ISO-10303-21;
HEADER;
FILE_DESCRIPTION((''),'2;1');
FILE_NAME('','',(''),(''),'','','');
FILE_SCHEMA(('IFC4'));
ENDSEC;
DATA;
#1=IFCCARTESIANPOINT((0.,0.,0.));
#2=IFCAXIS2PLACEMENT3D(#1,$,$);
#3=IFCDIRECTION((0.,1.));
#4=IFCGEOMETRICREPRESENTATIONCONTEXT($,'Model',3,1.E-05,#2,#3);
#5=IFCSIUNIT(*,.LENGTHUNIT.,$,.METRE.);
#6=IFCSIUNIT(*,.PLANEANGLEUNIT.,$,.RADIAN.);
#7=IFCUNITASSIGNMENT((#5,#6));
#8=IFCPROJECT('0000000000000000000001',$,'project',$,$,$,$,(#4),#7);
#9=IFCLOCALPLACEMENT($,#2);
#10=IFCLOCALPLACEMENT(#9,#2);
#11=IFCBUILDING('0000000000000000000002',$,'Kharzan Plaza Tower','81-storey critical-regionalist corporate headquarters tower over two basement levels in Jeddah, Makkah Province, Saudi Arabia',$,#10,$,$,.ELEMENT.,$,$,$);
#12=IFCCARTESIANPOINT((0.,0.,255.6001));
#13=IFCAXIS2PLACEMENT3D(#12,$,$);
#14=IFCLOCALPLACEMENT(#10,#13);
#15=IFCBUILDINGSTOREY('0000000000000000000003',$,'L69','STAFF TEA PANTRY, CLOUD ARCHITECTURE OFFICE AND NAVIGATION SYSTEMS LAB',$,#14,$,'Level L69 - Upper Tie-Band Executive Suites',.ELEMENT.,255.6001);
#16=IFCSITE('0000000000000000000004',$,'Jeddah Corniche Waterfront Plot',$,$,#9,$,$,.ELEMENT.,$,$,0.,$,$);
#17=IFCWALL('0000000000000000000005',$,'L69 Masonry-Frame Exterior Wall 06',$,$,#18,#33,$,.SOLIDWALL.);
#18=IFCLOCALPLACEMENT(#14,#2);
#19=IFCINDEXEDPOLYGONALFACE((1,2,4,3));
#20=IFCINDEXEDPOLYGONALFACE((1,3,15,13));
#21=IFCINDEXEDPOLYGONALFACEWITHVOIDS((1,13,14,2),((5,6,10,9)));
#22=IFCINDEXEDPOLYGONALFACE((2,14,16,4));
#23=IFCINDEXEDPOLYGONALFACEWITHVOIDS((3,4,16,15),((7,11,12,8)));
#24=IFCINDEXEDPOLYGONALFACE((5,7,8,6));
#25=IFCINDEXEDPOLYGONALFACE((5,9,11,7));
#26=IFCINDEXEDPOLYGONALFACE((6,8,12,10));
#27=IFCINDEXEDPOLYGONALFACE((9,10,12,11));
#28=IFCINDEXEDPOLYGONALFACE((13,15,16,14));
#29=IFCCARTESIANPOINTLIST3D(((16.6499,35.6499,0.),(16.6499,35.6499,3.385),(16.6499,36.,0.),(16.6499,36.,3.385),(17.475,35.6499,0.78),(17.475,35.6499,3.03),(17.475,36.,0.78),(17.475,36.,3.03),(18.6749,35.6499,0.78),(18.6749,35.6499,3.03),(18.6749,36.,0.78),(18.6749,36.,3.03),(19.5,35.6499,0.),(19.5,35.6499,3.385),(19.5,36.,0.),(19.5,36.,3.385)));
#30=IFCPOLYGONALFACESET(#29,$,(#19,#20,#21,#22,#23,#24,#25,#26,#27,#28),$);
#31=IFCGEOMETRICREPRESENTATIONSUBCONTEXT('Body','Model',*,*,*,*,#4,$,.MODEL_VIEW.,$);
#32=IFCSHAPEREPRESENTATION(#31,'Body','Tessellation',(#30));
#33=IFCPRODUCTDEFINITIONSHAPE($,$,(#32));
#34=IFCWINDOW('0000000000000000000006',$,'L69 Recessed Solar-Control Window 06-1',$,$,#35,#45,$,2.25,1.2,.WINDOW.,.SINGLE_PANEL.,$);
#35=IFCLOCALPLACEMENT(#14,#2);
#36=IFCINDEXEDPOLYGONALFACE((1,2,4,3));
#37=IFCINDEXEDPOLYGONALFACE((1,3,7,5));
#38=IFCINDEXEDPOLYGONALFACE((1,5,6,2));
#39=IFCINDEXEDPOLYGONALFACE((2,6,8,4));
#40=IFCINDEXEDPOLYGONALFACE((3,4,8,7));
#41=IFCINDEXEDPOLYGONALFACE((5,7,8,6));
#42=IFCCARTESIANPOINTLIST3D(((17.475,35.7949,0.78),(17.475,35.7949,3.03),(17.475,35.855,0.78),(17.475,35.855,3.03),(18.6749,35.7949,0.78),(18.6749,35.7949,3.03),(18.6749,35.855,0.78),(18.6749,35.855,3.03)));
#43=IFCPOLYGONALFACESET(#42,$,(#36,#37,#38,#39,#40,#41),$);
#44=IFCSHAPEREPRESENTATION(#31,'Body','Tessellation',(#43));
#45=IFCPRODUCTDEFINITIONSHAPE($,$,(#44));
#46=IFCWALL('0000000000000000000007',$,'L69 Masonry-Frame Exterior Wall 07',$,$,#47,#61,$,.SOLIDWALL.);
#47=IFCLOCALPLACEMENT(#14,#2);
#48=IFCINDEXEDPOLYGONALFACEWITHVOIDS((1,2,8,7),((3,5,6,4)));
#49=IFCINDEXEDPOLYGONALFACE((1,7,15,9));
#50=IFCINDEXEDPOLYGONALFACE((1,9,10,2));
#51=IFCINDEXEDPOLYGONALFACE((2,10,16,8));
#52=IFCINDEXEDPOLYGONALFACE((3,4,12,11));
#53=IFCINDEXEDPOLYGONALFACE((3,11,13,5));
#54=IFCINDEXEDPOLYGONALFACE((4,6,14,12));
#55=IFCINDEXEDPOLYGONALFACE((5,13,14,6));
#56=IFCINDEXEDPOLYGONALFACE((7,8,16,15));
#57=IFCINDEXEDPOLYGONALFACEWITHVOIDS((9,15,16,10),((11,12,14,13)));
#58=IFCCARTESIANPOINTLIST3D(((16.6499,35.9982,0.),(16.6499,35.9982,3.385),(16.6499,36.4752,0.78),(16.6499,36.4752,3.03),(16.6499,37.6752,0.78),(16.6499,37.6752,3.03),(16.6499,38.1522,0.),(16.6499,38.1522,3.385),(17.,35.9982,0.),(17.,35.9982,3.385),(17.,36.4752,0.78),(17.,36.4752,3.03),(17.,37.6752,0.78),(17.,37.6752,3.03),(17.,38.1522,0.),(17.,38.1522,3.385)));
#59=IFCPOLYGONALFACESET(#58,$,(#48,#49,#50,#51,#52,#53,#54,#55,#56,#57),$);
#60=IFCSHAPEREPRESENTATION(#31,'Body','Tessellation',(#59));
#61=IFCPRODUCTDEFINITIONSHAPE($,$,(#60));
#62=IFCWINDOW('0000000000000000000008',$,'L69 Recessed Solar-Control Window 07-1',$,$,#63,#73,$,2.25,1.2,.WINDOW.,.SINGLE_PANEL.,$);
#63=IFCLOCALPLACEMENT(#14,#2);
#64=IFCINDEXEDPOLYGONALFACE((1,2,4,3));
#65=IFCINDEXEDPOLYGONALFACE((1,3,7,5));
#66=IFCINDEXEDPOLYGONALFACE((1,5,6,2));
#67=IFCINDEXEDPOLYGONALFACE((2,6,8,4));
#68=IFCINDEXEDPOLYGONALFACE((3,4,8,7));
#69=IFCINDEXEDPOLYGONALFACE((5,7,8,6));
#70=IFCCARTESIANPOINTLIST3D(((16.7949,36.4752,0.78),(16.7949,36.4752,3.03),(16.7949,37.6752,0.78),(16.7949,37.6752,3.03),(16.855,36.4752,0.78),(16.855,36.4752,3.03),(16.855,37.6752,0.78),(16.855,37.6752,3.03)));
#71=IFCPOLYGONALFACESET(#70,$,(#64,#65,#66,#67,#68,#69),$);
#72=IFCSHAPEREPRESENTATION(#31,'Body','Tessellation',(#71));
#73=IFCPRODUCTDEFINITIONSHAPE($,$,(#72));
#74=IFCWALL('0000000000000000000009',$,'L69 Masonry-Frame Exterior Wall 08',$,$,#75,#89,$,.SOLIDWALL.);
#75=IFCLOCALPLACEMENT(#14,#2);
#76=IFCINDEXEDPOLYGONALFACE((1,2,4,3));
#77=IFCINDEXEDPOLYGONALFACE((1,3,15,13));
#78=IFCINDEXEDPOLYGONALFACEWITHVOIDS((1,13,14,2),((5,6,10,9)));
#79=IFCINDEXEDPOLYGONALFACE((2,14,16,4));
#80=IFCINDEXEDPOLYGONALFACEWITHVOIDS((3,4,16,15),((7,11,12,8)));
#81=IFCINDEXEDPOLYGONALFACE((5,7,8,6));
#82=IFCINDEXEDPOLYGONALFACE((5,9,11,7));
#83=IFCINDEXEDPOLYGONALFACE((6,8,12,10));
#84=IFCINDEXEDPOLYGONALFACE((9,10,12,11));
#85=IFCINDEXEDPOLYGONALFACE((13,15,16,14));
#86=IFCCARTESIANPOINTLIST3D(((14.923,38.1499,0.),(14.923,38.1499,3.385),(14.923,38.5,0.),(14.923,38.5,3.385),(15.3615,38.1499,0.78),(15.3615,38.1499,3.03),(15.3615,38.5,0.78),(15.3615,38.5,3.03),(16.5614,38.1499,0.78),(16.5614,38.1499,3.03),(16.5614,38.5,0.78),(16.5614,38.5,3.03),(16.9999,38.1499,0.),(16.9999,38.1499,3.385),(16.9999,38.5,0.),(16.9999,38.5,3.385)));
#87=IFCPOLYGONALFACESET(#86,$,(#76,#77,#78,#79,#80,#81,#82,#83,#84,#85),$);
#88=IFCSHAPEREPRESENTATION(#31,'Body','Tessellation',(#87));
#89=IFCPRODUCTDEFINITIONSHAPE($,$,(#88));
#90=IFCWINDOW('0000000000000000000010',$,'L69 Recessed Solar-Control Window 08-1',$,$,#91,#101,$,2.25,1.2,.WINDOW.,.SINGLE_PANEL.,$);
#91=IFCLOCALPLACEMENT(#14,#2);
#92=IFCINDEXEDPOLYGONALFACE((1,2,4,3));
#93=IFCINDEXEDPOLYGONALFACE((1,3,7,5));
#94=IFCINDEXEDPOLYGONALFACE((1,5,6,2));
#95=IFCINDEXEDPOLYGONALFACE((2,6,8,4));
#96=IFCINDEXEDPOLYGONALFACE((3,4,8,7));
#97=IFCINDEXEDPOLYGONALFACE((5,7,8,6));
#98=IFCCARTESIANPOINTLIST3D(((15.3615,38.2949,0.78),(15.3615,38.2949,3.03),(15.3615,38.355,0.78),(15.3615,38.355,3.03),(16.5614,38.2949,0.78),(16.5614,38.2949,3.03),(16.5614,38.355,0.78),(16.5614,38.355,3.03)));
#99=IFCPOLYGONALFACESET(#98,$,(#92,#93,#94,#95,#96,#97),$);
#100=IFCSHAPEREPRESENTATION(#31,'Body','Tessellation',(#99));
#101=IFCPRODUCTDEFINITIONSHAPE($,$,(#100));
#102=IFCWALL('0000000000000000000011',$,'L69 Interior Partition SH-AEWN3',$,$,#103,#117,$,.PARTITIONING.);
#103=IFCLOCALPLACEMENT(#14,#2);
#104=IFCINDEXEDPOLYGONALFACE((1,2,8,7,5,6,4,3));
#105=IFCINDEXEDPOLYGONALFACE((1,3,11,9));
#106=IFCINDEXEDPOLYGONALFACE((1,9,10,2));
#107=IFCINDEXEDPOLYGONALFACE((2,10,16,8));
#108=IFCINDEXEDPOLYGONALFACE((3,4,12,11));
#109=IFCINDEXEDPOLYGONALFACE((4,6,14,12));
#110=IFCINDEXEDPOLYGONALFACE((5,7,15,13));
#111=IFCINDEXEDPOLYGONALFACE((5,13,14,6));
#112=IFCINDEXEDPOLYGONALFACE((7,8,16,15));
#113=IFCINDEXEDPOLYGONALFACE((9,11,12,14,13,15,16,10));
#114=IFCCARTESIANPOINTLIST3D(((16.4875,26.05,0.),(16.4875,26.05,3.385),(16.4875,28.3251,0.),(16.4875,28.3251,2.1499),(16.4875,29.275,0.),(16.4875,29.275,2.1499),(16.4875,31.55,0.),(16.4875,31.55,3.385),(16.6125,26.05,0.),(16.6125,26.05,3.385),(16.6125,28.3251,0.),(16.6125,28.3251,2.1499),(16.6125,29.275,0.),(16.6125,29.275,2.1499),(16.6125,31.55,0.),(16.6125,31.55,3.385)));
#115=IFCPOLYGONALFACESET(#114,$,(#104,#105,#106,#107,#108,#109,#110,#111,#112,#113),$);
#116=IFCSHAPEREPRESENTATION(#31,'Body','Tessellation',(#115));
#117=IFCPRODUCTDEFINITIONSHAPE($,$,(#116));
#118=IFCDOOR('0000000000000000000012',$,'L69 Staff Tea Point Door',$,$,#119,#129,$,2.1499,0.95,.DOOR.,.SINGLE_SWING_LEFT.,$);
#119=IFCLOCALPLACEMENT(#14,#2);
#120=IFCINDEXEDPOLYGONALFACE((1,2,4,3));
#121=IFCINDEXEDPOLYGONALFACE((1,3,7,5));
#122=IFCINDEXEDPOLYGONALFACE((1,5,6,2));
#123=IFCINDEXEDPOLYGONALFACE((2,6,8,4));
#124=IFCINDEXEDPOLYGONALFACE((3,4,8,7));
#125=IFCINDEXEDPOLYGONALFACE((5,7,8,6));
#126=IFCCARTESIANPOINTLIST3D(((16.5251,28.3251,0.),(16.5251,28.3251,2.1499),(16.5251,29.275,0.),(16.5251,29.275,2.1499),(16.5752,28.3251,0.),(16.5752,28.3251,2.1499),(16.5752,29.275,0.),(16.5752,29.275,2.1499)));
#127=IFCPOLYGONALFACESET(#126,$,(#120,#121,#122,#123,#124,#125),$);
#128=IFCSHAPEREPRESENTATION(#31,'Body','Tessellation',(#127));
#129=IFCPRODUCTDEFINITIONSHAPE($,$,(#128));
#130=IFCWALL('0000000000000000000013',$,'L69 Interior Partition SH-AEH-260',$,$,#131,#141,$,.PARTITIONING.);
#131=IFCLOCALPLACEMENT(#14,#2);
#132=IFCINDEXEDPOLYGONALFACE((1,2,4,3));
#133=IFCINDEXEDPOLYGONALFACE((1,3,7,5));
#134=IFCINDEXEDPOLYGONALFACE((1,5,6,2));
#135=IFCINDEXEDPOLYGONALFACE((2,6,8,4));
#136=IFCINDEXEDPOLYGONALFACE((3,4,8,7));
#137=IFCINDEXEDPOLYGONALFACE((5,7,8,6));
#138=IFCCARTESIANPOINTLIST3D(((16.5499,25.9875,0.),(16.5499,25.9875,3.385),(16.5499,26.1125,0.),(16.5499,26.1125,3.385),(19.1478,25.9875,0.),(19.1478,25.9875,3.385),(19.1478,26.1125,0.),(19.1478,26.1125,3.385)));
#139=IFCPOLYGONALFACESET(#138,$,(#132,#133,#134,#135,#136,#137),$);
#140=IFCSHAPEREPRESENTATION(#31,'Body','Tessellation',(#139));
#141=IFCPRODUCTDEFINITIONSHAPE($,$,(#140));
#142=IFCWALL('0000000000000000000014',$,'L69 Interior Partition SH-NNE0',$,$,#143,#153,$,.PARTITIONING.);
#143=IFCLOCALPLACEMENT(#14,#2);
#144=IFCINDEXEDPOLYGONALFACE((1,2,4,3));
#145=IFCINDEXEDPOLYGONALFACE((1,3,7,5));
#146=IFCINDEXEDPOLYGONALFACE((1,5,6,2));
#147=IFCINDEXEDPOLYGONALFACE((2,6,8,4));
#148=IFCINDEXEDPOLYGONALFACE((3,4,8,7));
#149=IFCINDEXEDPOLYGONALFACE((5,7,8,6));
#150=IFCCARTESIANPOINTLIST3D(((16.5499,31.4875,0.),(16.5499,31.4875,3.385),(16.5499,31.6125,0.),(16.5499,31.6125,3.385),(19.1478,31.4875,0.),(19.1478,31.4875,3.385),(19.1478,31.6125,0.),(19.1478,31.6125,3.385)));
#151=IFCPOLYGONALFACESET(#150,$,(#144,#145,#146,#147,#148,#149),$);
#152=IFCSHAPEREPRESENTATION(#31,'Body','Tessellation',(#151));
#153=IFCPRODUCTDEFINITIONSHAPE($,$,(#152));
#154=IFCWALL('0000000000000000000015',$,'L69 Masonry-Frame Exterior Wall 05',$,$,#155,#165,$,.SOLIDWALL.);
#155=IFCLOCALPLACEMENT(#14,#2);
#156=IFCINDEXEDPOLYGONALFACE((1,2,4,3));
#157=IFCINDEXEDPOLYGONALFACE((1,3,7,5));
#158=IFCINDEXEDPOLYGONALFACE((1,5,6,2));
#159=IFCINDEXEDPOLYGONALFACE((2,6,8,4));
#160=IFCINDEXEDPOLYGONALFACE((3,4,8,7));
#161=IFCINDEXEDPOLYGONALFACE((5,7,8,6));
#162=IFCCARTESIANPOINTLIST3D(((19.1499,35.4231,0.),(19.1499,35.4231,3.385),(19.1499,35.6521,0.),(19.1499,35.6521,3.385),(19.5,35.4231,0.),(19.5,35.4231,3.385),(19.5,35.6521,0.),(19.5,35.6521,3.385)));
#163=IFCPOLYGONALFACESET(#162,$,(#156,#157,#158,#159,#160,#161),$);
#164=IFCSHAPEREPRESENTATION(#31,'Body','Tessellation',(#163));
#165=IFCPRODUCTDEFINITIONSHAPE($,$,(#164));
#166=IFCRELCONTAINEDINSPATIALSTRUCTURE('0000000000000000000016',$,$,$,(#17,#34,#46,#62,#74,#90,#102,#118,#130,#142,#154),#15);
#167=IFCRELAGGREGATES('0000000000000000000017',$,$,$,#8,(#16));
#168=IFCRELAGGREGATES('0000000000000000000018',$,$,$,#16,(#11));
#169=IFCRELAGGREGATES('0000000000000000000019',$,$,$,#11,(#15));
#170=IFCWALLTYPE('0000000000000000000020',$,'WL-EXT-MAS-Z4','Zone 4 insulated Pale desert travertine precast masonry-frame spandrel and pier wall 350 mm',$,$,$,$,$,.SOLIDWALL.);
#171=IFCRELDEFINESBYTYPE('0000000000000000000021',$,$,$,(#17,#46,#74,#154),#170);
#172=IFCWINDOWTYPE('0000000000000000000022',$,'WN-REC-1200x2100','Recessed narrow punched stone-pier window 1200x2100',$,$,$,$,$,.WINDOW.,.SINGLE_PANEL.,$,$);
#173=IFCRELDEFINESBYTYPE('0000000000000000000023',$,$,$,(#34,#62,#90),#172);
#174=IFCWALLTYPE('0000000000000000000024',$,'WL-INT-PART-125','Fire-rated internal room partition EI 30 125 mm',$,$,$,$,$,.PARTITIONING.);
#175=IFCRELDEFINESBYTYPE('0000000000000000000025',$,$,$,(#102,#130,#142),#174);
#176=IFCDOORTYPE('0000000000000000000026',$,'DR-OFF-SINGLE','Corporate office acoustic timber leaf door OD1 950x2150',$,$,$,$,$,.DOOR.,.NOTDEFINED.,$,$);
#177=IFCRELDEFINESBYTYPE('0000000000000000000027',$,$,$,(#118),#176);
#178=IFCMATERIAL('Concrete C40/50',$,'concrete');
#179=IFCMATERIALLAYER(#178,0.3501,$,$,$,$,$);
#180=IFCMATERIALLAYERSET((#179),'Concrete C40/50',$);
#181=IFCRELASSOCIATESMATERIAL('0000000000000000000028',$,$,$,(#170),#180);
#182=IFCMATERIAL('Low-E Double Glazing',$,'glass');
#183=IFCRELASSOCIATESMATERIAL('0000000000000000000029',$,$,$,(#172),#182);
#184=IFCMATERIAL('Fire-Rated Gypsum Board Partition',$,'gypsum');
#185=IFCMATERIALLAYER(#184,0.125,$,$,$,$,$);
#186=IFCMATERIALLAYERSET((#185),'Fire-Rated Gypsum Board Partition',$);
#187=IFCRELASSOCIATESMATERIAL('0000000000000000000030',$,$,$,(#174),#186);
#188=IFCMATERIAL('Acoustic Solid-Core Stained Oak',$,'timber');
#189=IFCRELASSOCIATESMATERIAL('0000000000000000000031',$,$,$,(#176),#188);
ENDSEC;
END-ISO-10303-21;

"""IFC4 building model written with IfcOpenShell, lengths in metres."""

from ifc_helpers import new_model, si_unit, direction, frame, frame_2d, origin, place, context, subcontext, project, spatial, rectangle, extrude, source, transform, mapped, material, layer, layer_set, type_object, element, fill, save


model = new_model("IFC4")

# Units and contexts
model_context = context("Model", 3, precision=1e-05, world=origin(), true_north=direction((0.0, 1.0)))
body_context = subcontext(model_context, "Body", "Model", "MODEL_VIEW")
ifc_project = project(units=[si_unit("LENGTHUNIT", "METRE"), si_unit("PLANEANGLEUNIT", "RADIAN")], contexts=[model_context])

# Site, building, storey
site_placement = place(None, origin())
site = spatial("IfcSite", under=ifc_project, at=site_placement, Name="Jeddah Corniche Waterfront Plot", CompositionType="ELEMENT", RefElevation=0.0)
building_placement = place(site_placement, origin())
building = spatial("IfcBuilding", under=site, at=building_placement, Name="Kharzan Plaza Tower", Description="81-storey critical-regionalist corporate headquarters tower over two basement levels in Jeddah, Makkah Province, Saudi Arabia", CompositionType="ELEMENT")
storey_placement = place(building_placement, frame((0.0, 0.0, 255.6001)))
storey = spatial("IfcBuildingStorey", under=building, at=storey_placement, Name="L69", Description="STAFF TEA PANTRY, CLOUD ARCHITECTURE OFFICE AND NAVIGATION SYSTEMS LAB", LongName="Level L69 - Upper Tie-Band Executive Suites", CompositionType="ELEMENT", Elevation=255.6001)

# Walls, openings, windows
ifc_material_1 = material(Name="Concrete C40/50", Category="concrete")
ifc_layer_1 = layer(ifc_material_1, 0.3501)
ifc_layer_set_1 = layer_set([ifc_layer_1], Name="Concrete C40/50")
wall_type_1 = type_object("IfcWallType", Name="WL-EXT-MAS-Z4", Description="Zone 4 insulated Pale desert travertine precast masonry-frame spandrel and pier wall 350 mm", PredefinedType="SOLIDWALL", material=ifc_layer_set_1)
ifc_material_2 = material(Name="Low-E Double Glazing", Category="glass")
wall_1_placement = place(storey_placement, frame((19.5, 35.825, 0.0), z_axis=(0.0, 0.0, 1.0), x_axis=(-1.0, 0.0, 0.0)))
wall_1 = element("IfcWall", 1, at=wall_1_placement, inside=storey, type_object=wall_type_1, Name="L69 Masonry-Frame Exterior Wall 06", PredefinedType="SOLIDWALL", context=body_context, shape_type="SweptSolid", body=[
    extrude(rectangle(XDim=2.8501, YDim=0.3501, at=frame_2d((1.425, 0.0))), origin(), (0.0, 0.0, 1.0), 3.385),
])
opening_1_placement = place(wall_1_placement, frame((0.825, 0.0, 0.78)))
opening_1 = element("IfcOpeningElement", 2, at=opening_1_placement, cuts=wall_1, PredefinedType="OPENING", context=body_context, shape_type="SweptSolid", body=[
    extrude(rectangle(XDim=1.2, YDim=2.25, at=frame_2d((0.6001, 1.125))), frame((0.0, 0.1851, 0.0), z_axis=(0.0, -1.0, 0.0), x_axis=(1.0, 0.0, 0.0)), (0.0, 0.0, 1.0), 0.3701),
])
window_type_1 = type_object("IfcWindowType", Name="WN-REC-1200x2100", Description="Recessed narrow punched stone-pier window 1200x2100", PartitioningType="SINGLE_PANEL", PredefinedType="WINDOW", material=ifc_material_2)
shared_shape_1 = source(origin(), body_context, "Body", "SweptSolid", [
    extrude(rectangle(XDim=1.2, YDim=2.25, at=frame_2d((0.6001, 1.125))), frame((0.0, 0.03, 0.0), z_axis=(0.0, -1.0, 0.0), x_axis=(1.0, 0.0, 0.0)), (0.0, 0.0, 1.0), 0.0601),
])
window_1_placement = place(opening_1_placement, origin())
window_1 = element("IfcWindow", 3, at=window_1_placement, inside=storey, type_object=window_type_1, Name="L69 Recessed Solar-Control Window 06-1", OverallHeight=2.25, OverallWidth=1.2, PartitioningType="SINGLE_PANEL", PredefinedType="WINDOW", context=body_context, shape_type="MappedRepresentation", body=[
    mapped(shared_shape_1, transform((0.0, 0.0, 0.0), x_axis=(1.0, 0.0, 0.0), y_axis=(0.0, 1.0, 0.0), z_axis=(0.0, 0.0, 1.0))),
])
fill(opening_1, window_1)
wall_2_placement = place(storey_placement, frame((16.825, 35.998, 0.0), z_axis=(0.0, 0.0, 1.0), x_axis=(0.0, 1.0, 0.0)))
wall_2 = element("IfcWall", 4, at=wall_2_placement, inside=storey, type_object=wall_type_1, Name="L69 Masonry-Frame Exterior Wall 07", PredefinedType="SOLIDWALL", context=body_context, shape_type="SweptSolid", body=[
    extrude(rectangle(XDim=2.1541, YDim=0.3501, at=frame_2d((1.0771, 0.0))), origin(), (0.0, 0.0, 1.0), 3.385),
])
opening_2_placement = place(wall_2_placement, frame((0.4771, 0.0, 0.78)))
opening_2 = element("IfcOpeningElement", 5, at=opening_2_placement, cuts=wall_2, PredefinedType="OPENING", context=body_context, shape_type="SweptSolid", body=[
    extrude(rectangle(XDim=1.2, YDim=2.25, at=frame_2d((0.6001, 1.125))), frame((0.0, 0.1851, 0.0), z_axis=(0.0, -1.0, 0.0), x_axis=(1.0, 0.0, 0.0)), (0.0, 0.0, 1.0), 0.3701),
])
window_2_placement = place(opening_2_placement, origin())
window_2 = element("IfcWindow", 6, at=window_2_placement, inside=storey, type_object=window_type_1, Name="L69 Recessed Solar-Control Window 07-1", OverallHeight=2.25, OverallWidth=1.2, PartitioningType="SINGLE_PANEL", PredefinedType="WINDOW", context=body_context, shape_type="MappedRepresentation", body=[
    mapped(shared_shape_1, transform((0.0, 0.0, 0.0), x_axis=(1.0, 0.0, 0.0), y_axis=(0.0, 1.0, 0.0), z_axis=(0.0, 0.0, 1.0))),
])
fill(opening_2, window_2)
wall_3_placement = place(storey_placement, frame((17.0, 38.325, 0.0), z_axis=(0.0, 0.0, 1.0), x_axis=(-1.0, 0.0, 0.0)))
wall_3 = element("IfcWall", 7, at=wall_3_placement, inside=storey, type_object=wall_type_1, Name="L69 Masonry-Frame Exterior Wall 08", PredefinedType="SOLIDWALL", context=body_context, shape_type="SweptSolid", body=[
    extrude(rectangle(XDim=2.0769, YDim=0.3501, at=frame_2d((1.0386, 0.0))), origin(), (0.0, 0.0, 1.0), 3.385),
])
opening_3_placement = place(wall_3_placement, frame((0.4385, 0.0, 0.78)))
opening_3 = element("IfcOpeningElement", 8, at=opening_3_placement, cuts=wall_3, PredefinedType="OPENING", context=body_context, shape_type="SweptSolid", body=[
    extrude(rectangle(XDim=1.2, YDim=2.25, at=frame_2d((0.6001, 1.125))), frame((0.0, 0.1851, 0.0), z_axis=(0.0, -1.0, 0.0), x_axis=(1.0, 0.0, 0.0)), (0.0, 0.0, 1.0), 0.3701),
])
window_3_placement = place(opening_3_placement, origin())
window_3 = element("IfcWindow", 9, at=window_3_placement, inside=storey, type_object=window_type_1, Name="L69 Recessed Solar-Control Window 08-1", OverallHeight=2.25, OverallWidth=1.2, PartitioningType="SINGLE_PANEL", PredefinedType="WINDOW", context=body_context, shape_type="MappedRepresentation", body=[
    mapped(shared_shape_1, transform((0.0, 0.0, 0.0), x_axis=(1.0, 0.0, 0.0), y_axis=(0.0, 1.0, 0.0), z_axis=(0.0, 0.0, 1.0))),
])
fill(opening_3, window_3)

# Wall, opening, door
ifc_material_3 = material(Name="Fire-Rated Gypsum Board Partition", Category="gypsum")
ifc_layer_2 = layer(ifc_material_3, 0.125)
ifc_layer_set_2 = layer_set([ifc_layer_2], Name="Fire-Rated Gypsum Board Partition")
wall_type_2 = type_object("IfcWallType", Name="WL-INT-PART-125", Description="Fire-rated internal room partition EI 30 125 mm", PredefinedType="PARTITIONING", material=ifc_layer_set_2)
wall_4_placement = place(storey_placement, frame((16.55, 26.05, 0.0), z_axis=(0.0, 0.0, 1.0), x_axis=(0.0, 1.0, 0.0)))
wall_4 = element("IfcWall", 10, at=wall_4_placement, inside=storey, type_object=wall_type_2, Name="L69 Interior Partition SH-AEWN3", PredefinedType="PARTITIONING", context=body_context, shape_type="SweptSolid", body=[
    extrude(rectangle(XDim=5.5, YDim=0.125, at=frame_2d((2.75, 0.0))), origin(), (0.0, 0.0, 1.0), 3.385),
])
opening_4_placement = place(wall_4_placement, frame((2.2749, 0.0, 0.0)))
opening_4 = element("IfcOpeningElement", 11, at=opening_4_placement, cuts=wall_4, PredefinedType="OPENING", context=body_context, shape_type="SweptSolid", body=[
    extrude(rectangle(XDim=0.95, YDim=2.1499, at=frame_2d((0.4751, 1.075))), frame((0.0, 0.0725, 0.0), z_axis=(0.0, -1.0, 0.0), x_axis=(1.0, 0.0, 0.0)), (0.0, 0.0, 1.0), 0.145),
])
ifc_material_4 = material(Name="Acoustic Solid-Core Stained Oak", Category="timber")
door_type_1 = type_object("IfcDoorType", Name="DR-OFF-SINGLE", Description="Corporate office acoustic timber leaf door OD1 950x2150", OperationType="NOTDEFINED", PredefinedType="DOOR", material=ifc_material_4)
shared_shape_2 = source(origin(), body_context, "Body", "SweptSolid", [
    extrude(rectangle(XDim=0.95, YDim=2.1499, at=frame_2d((0.4751, 1.075))), frame((0.0, 0.0249, 0.0), z_axis=(0.0, -1.0, 0.0), x_axis=(1.0, 0.0, 0.0)), (0.0, 0.0, 1.0), 0.05),
])
door_1_placement = place(opening_4_placement, origin())
door_1 = element("IfcDoor", 12, at=door_1_placement, inside=storey, type_object=door_type_1, Name="L69 Staff Tea Point Door", OperationType="SINGLE_SWING_LEFT", OverallHeight=2.1499, OverallWidth=0.95, PredefinedType="DOOR", context=body_context, shape_type="MappedRepresentation", body=[
    mapped(shared_shape_2, transform((0.0, 0.0, 0.0), x_axis=(1.0, 0.0, 0.0), y_axis=(0.0, 1.0, 0.0), z_axis=(0.0, 0.0, 1.0))),
])
fill(opening_4, door_1)

# Walls
shared_shape_3 = source(origin(), body_context, "Body", "SweptSolid", [
    extrude(rectangle(XDim=2.5979, YDim=0.125, at=frame_2d((1.2988, 0.0))), origin(), (0.0, 0.0, 1.0), 3.385),
])
for number, where, z_axis, x_axis, name in (
    (13, (16.55, 26.05, 0.0), (0.0, 0.0, 1.0), (1.0, 0.0, 0.0), "L69 Interior Partition SH-AEH-260"),
    (14, (16.55, 31.55, 0.0), (0.0, 0.0, 1.0), (1.0, 0.0, 0.0), "L69 Interior Partition SH-NNE0"),
):
    element("IfcWall", number, at=place(storey_placement, frame(where, z_axis=z_axis, x_axis=x_axis)), inside=storey, type_object=wall_type_2, Name=name, PredefinedType="PARTITIONING", context=body_context, shape_type="MappedRepresentation", body=[
        mapped(shared_shape_3, transform((0.0, 0.0, 0.0), x_axis=(1.0, 0.0, 0.0), y_axis=(0.0, 1.0, 0.0), z_axis=(0.0, 0.0, 1.0))),
    ])
shared_shape_4 = source(origin(), body_context, "Body", "SweptSolid", [
    extrude(rectangle(XDim=0.229, YDim=0.3501, at=frame_2d((0.1145, 0.0))), origin(), (0.0, 0.0, 1.0), 3.385),
])
wall_5_placement = place(storey_placement, frame((19.325, 35.4231, 0.0), z_axis=(0.0, 0.0, 1.0), x_axis=(0.0, 1.0, 0.0)))
element("IfcWall", 15, at=wall_5_placement, inside=storey, type_object=wall_type_1, Name="L69 Masonry-Frame Exterior Wall 05", PredefinedType="SOLIDWALL", context=body_context, shape_type="MappedRepresentation", body=[
    mapped(shared_shape_4, transform((0.0, 0.0, 0.0), x_axis=(1.0, 0.0, 0.0), y_axis=(0.0, 1.0, 0.0), z_axis=(0.0, 0.0, 1.0))),
])

save(model, "model.ifc")
